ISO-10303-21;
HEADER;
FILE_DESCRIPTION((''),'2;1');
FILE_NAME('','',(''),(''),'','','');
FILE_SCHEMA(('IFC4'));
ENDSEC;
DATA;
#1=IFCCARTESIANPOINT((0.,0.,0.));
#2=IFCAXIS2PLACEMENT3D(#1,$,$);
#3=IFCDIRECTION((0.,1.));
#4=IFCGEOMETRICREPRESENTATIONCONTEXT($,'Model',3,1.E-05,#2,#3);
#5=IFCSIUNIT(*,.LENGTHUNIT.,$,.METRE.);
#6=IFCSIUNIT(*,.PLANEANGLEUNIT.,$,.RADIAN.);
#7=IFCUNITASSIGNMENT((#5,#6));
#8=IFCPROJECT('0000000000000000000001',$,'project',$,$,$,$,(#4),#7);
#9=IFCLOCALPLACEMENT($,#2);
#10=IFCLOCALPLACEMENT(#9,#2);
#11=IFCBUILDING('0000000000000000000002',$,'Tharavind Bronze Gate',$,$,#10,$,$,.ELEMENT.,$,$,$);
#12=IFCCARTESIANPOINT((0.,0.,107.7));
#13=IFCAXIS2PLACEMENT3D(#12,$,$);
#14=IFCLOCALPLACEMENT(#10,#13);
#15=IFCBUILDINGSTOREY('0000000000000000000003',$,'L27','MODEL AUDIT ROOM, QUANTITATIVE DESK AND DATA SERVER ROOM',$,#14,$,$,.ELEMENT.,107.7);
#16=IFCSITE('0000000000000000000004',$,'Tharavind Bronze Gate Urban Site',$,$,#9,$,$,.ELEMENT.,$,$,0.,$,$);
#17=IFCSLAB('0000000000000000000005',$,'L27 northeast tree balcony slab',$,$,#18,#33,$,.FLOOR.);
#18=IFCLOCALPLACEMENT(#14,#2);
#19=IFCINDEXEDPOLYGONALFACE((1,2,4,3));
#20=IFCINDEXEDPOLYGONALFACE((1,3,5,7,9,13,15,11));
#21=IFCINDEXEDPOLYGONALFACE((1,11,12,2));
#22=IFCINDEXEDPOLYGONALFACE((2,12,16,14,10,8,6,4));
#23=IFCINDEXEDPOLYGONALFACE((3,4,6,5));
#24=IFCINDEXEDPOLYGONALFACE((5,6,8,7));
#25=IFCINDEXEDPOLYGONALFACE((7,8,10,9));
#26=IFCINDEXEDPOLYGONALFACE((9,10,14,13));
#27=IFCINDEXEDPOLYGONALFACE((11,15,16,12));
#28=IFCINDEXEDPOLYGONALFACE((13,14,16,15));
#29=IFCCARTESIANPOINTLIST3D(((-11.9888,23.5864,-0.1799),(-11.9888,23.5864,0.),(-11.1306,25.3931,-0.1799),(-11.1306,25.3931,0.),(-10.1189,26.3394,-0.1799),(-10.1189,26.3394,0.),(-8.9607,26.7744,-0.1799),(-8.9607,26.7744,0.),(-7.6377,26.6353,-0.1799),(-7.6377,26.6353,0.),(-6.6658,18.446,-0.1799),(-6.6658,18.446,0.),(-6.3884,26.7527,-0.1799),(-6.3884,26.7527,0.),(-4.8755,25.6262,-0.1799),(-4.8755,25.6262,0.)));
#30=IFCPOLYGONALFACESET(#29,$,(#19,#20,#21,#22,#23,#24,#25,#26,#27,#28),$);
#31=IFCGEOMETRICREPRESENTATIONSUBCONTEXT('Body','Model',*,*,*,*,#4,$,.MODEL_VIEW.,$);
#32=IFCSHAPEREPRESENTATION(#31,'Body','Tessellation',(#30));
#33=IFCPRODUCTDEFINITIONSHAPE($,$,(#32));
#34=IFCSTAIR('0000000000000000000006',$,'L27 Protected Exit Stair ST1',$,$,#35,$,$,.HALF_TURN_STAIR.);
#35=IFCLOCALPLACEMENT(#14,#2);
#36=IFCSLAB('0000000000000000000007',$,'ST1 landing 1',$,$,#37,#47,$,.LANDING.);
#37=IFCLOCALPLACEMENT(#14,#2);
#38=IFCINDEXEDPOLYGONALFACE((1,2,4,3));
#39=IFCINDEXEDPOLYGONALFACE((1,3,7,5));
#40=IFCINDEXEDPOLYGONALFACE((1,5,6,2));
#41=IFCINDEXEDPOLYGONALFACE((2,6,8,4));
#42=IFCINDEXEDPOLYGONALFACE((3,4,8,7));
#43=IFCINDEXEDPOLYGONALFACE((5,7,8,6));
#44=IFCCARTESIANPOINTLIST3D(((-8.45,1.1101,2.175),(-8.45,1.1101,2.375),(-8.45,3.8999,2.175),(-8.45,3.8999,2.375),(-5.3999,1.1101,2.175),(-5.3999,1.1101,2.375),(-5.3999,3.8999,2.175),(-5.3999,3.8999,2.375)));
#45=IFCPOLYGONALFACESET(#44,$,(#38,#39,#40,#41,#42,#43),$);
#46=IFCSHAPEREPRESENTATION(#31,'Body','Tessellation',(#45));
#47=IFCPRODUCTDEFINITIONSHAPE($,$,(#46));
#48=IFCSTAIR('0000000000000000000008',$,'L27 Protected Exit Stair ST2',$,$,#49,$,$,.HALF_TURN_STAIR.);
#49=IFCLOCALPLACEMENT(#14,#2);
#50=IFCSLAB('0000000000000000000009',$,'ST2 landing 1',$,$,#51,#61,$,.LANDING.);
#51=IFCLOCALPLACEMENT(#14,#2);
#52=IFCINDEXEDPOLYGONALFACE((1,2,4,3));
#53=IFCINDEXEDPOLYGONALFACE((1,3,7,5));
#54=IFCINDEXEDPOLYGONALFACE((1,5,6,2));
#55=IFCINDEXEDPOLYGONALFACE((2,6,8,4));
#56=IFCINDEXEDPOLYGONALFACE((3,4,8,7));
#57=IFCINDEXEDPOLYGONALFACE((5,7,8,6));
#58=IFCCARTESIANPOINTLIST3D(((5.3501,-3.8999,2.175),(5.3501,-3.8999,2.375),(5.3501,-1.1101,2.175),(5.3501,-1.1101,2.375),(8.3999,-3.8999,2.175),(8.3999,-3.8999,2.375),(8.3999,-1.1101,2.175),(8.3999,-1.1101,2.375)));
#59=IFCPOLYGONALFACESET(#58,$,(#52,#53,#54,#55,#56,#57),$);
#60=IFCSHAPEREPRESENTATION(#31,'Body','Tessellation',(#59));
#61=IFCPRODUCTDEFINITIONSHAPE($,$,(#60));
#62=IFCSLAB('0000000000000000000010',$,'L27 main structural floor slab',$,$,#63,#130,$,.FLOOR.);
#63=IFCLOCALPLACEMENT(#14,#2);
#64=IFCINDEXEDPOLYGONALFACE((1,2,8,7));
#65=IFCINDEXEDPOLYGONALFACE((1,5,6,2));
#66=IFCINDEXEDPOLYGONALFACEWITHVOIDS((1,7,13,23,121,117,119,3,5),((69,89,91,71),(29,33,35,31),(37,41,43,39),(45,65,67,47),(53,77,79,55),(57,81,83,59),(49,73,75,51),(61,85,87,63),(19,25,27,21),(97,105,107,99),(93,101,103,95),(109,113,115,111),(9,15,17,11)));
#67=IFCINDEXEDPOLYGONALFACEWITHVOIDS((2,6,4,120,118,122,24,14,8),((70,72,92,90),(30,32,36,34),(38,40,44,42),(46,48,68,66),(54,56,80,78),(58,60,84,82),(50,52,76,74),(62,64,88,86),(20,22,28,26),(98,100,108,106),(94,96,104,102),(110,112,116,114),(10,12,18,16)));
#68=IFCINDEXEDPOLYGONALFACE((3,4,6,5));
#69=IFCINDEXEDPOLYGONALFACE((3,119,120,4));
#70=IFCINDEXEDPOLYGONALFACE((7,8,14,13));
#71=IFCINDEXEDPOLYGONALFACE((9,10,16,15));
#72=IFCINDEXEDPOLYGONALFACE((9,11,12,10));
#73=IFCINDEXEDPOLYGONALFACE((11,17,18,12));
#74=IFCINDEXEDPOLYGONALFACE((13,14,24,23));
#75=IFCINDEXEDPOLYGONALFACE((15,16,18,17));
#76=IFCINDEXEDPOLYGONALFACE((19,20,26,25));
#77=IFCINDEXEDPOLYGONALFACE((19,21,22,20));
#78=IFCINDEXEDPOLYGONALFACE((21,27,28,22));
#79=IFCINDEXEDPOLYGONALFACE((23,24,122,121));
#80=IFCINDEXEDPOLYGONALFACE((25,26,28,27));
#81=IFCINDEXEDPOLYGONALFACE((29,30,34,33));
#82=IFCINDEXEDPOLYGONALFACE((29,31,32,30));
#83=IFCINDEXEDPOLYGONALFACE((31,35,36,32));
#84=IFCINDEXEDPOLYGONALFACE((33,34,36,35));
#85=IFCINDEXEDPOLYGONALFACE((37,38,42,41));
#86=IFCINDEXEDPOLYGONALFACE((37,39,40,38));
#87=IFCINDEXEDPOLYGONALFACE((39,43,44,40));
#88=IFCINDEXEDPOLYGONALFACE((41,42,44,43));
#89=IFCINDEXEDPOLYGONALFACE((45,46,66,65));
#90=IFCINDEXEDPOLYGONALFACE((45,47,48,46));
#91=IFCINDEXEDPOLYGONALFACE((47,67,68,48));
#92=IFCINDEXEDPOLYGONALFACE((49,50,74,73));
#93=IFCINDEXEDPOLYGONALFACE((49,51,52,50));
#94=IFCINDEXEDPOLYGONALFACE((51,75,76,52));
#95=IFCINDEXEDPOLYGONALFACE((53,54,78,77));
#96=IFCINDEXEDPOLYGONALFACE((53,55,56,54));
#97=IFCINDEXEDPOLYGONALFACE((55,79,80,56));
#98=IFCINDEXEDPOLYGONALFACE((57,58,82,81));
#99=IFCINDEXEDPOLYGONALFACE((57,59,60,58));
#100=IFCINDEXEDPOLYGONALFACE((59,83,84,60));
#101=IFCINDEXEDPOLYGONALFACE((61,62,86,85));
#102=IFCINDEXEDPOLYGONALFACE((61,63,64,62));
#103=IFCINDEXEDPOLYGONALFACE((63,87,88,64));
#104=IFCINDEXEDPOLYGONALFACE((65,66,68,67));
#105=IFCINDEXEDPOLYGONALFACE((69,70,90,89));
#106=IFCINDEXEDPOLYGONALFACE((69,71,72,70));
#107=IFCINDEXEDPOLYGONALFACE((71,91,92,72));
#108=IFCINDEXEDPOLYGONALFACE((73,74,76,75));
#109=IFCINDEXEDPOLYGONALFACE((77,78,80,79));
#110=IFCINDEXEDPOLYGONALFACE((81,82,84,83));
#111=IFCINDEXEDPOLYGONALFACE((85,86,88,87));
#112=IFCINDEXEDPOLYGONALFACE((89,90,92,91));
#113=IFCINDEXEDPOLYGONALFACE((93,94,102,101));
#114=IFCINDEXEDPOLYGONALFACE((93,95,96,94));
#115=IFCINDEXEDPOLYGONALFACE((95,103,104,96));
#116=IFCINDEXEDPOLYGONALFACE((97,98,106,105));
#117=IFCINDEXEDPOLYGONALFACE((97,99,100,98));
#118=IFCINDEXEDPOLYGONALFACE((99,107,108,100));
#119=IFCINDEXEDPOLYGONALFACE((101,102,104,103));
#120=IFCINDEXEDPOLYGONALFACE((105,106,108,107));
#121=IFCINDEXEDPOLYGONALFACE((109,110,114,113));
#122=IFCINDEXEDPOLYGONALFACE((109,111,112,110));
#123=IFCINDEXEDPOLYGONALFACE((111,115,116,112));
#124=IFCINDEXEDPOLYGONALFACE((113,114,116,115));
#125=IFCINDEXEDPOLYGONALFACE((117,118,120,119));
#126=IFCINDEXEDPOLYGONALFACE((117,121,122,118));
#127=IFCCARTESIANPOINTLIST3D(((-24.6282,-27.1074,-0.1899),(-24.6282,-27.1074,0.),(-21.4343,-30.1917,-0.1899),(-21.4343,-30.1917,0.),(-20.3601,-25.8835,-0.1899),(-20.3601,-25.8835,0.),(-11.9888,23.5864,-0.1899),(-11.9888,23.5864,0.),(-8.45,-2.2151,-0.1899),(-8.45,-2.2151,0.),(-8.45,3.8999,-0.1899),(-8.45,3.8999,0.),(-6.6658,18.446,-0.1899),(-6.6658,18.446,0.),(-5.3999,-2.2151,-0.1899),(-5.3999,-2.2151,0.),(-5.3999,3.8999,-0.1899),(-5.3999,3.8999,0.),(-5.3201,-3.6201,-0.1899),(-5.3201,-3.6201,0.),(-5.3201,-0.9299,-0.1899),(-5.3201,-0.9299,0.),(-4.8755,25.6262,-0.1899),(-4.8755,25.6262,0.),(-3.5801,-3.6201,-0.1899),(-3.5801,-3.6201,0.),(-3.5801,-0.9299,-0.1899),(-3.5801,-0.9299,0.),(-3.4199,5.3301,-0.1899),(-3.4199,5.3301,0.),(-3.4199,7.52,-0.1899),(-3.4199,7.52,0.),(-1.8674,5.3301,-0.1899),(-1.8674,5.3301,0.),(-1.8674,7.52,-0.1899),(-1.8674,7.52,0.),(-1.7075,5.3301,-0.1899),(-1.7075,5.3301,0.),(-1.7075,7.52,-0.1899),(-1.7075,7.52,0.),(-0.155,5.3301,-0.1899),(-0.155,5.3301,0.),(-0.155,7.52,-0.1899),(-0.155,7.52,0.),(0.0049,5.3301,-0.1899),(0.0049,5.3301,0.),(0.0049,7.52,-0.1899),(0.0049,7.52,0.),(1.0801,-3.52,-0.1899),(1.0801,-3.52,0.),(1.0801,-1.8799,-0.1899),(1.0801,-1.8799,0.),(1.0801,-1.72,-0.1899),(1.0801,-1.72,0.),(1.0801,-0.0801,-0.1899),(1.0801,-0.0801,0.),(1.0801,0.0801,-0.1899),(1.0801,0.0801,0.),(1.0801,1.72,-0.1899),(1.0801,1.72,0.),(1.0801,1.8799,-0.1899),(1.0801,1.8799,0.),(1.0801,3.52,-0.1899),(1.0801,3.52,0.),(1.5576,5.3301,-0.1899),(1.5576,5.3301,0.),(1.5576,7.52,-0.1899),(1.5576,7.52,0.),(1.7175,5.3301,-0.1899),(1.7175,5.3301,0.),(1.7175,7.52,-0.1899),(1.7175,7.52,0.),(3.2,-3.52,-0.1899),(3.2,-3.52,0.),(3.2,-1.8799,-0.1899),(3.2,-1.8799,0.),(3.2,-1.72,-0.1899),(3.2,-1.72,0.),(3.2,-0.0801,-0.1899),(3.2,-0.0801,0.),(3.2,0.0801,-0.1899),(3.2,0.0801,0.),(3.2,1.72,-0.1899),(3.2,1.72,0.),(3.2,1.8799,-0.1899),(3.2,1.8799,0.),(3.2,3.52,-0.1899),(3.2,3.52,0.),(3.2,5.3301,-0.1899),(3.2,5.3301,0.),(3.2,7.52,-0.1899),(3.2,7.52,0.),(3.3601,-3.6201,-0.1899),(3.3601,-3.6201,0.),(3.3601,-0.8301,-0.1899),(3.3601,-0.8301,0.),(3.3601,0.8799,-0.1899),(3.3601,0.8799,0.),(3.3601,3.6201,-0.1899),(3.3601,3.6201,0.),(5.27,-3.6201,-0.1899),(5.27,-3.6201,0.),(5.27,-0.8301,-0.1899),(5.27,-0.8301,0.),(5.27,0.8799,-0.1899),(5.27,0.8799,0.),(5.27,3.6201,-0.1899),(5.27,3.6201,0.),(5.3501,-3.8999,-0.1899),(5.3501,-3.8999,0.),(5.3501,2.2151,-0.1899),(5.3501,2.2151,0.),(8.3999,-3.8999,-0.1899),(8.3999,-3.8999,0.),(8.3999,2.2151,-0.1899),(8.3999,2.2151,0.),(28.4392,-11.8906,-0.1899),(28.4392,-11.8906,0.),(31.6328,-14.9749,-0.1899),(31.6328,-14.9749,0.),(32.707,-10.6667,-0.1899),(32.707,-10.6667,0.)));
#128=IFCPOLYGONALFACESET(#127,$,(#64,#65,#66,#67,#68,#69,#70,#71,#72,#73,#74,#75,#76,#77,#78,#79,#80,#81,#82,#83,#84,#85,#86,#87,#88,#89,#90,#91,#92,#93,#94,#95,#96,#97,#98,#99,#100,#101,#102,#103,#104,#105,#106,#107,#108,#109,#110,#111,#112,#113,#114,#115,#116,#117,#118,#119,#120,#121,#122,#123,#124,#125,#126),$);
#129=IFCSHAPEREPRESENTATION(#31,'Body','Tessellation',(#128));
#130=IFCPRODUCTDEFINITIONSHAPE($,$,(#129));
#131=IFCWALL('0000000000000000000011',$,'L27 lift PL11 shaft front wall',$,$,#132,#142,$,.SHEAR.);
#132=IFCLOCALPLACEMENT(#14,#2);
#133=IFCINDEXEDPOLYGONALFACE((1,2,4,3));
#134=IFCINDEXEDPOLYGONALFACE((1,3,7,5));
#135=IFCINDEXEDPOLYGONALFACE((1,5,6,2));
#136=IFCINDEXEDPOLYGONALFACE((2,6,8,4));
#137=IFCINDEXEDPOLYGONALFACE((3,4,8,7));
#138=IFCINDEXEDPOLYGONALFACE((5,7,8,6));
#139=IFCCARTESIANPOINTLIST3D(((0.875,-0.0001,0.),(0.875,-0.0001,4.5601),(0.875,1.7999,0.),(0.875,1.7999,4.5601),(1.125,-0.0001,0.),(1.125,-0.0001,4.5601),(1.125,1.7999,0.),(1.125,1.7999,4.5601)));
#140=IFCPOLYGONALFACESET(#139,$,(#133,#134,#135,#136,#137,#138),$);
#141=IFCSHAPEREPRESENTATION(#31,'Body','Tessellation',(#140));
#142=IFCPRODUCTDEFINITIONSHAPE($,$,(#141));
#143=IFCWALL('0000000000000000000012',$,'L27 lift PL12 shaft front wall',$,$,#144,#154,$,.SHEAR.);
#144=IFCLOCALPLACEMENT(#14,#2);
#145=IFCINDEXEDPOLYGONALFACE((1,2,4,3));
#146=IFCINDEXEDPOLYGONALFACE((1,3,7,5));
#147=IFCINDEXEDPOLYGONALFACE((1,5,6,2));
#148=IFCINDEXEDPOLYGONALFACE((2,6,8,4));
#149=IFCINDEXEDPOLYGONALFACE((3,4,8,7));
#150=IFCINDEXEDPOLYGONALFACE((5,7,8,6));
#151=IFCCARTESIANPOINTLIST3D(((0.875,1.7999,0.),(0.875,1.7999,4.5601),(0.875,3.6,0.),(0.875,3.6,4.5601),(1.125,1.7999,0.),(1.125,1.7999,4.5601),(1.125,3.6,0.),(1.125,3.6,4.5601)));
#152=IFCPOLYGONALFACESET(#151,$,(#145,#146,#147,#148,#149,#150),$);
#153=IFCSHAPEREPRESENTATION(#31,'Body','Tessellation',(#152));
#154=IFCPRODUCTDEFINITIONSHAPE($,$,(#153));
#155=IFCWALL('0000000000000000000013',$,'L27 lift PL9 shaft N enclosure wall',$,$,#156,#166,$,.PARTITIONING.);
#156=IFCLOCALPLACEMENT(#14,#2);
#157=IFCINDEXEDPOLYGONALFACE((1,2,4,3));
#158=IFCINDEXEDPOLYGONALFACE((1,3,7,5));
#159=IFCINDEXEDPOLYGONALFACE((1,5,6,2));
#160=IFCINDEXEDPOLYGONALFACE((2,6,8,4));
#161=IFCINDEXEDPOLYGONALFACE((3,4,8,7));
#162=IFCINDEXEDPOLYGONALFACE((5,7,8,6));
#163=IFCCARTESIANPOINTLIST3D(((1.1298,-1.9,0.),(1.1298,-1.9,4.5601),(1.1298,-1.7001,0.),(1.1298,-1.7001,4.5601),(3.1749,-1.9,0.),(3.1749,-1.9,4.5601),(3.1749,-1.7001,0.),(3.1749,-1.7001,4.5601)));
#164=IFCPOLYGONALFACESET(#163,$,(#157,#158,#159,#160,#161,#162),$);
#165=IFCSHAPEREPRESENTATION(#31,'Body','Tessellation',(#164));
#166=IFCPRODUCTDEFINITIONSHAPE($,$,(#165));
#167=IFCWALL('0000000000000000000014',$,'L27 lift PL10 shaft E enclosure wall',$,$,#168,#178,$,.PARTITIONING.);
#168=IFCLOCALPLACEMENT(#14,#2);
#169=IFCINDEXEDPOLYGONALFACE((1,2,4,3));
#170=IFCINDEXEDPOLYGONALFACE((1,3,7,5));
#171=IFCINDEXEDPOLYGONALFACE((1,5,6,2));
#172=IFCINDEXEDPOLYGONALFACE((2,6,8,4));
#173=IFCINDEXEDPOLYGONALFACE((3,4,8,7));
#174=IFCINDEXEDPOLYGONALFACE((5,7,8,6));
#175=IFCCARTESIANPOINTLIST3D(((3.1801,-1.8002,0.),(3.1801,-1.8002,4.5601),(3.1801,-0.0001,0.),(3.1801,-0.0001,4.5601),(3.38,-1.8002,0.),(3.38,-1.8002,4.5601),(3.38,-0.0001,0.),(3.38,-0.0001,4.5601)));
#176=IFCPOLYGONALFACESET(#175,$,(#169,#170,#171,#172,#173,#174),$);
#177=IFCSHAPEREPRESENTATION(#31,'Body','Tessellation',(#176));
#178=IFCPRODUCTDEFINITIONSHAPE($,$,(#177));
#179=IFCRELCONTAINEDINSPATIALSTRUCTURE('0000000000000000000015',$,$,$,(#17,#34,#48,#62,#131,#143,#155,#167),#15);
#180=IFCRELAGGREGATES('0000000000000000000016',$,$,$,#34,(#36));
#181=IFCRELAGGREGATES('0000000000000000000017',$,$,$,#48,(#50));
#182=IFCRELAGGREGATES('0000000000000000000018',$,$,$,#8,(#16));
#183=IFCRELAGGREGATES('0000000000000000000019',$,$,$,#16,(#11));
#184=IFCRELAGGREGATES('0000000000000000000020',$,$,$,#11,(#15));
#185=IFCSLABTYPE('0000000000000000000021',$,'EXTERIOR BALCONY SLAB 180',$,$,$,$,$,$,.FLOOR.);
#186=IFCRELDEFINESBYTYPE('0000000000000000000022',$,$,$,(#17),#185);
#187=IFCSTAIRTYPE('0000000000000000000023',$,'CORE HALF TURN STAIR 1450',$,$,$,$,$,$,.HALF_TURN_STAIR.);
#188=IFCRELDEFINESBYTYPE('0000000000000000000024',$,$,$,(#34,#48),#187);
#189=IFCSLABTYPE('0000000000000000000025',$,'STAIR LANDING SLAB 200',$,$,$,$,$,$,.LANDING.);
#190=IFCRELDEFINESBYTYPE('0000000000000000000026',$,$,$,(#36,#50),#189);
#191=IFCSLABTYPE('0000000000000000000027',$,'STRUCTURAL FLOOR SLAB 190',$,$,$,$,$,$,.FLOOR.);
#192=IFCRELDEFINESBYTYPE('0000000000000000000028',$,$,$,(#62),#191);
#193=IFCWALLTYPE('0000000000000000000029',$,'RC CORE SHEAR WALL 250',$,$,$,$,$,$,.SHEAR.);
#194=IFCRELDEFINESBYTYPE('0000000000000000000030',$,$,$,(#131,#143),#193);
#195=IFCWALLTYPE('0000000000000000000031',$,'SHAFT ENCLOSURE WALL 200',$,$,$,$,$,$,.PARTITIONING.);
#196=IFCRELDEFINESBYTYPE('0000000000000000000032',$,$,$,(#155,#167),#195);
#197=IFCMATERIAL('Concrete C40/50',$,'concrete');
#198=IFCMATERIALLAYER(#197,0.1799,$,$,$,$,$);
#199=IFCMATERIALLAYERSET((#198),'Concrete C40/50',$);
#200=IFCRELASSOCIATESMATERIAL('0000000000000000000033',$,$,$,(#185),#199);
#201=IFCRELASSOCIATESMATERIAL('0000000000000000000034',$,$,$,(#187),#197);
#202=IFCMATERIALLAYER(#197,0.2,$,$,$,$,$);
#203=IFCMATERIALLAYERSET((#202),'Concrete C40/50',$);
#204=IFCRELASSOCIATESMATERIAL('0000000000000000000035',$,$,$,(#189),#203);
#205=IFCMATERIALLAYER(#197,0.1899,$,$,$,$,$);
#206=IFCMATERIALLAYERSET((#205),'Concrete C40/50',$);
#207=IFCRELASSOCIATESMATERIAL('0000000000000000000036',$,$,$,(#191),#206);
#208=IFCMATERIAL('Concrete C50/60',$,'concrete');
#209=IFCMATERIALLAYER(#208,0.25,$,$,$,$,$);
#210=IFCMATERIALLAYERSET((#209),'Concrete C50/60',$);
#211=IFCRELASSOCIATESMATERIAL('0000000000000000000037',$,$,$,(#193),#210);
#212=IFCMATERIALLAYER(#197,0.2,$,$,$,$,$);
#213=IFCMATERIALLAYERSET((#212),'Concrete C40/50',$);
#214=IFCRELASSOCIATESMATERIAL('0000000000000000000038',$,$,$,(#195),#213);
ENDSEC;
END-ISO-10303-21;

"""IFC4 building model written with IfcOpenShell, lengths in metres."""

from ifc_helpers import new_model, si_unit, direction, frame, frame_2d, origin, place, context, subcontext, project, spatial, polyline, rectangle, outline, extrude, material, layer, layer_set, type_object, element, aggregate, save


model = new_model("IFC4")

# Units and contexts
model_context = context("Model", 3, precision=1e-05, world=origin(), true_north=direction((0.0, 1.0)))
body_context = subcontext(model_context, "Body", "Model", "MODEL_VIEW")
ifc_project = project(units=[si_unit("LENGTHUNIT", "METRE"), si_unit("PLANEANGLEUNIT", "RADIAN")], contexts=[model_context])

# Site, building, storey
site_placement = place(None, origin())
site = spatial("IfcSite", under=ifc_project, at=site_placement, Name="Tharavind Bronze Gate Urban Site", CompositionType="ELEMENT", RefElevation=0.0)
building_placement = place(site_placement, origin())
building = spatial("IfcBuilding", under=site, at=building_placement, Name="Tharavind Bronze Gate", CompositionType="ELEMENT")
storey_placement = place(building_placement, frame((0.0, 0.0, 107.7)))
storey = spatial("IfcBuildingStorey", under=building, at=storey_placement, Name="L27", Description="MODEL AUDIT ROOM, QUANTITATIVE DESK AND DATA SERVER ROOM", CompositionType="ELEMENT", Elevation=107.7)

# Slab
ifc_material_1 = material(Name="Concrete C40/50", Category="concrete")
ifc_layer_1 = layer(ifc_material_1, 0.1799)
ifc_layer_set_1 = layer_set([ifc_layer_1], Name="Concrete C40/50")
slab_type_1 = type_object("IfcSlabType", Name="EXTERIOR BALCONY SLAB 180", PredefinedType="FLOOR", material=ifc_layer_set_1)
slab_1_placement = place(storey_placement, frame((0.0, 0.0, -0.1799)))
element("IfcSlab", 1, at=slab_1_placement, inside=storey, type_object=slab_type_1, Name="L27 northeast tree balcony slab", PredefinedType="FLOOR", context=body_context, shape_type="SweptSolid", body=[
    extrude(outline(polyline([(-6.3884, 26.7527), (-7.6377, 26.6353), (-8.9607, 26.7744), (-10.1189, 26.3394), (-11.1306, 25.3931), (-11.9888, 23.5864), (-6.6658, 18.446), (-4.8755, 25.6262), (-6.3884, 26.7527)])), origin(), (0.0, 0.0, 1.0), 0.1799),
])

# Stairs, slabs
stair_type = type_object("IfcStairType", Name="CORE HALF TURN STAIR 1450", PredefinedType="HALF_TURN_STAIR", material=ifc_material_1)
stair_1_placement = place(storey_placement, origin())
stair_1 = element("IfcStair", 2, at=stair_1_placement, inside=storey, type_object=stair_type, Name="L27 Protected Exit Stair ST1", PredefinedType="HALF_TURN_STAIR")
ifc_layer_2 = layer(ifc_material_1, 0.2)
ifc_layer_set_2 = layer_set([ifc_layer_2], Name="Concrete C40/50")
slab_type_2 = type_object("IfcSlabType", Name="STAIR LANDING SLAB 200", PredefinedType="LANDING", material=ifc_layer_set_2)
slab_2_placement = place(storey_placement, frame((0.0, 0.0, 2.175)))
slab_2 = element("IfcSlab", 3, at=slab_2_placement, type_object=slab_type_2, Name="ST1 landing 1", PredefinedType="LANDING", context=body_context, shape_type="SweptSolid", body=[
    extrude(outline(polyline([(-5.3999, 1.1101), (-5.3999, 3.8999), (-8.45, 3.8999), (-8.45, 1.1101), (-5.3999, 1.1101)])), origin(), (0.0, 0.0, 1.0), 0.2),
])
aggregate(stair_1, [slab_2])
stair_2_placement = place(storey_placement, origin())
stair_2 = element("IfcStair", 4, at=stair_2_placement, inside=storey, type_object=stair_type, Name="L27 Protected Exit Stair ST2", PredefinedType="HALF_TURN_STAIR")
slab_3_placement = place(storey_placement, frame((0.0, 0.0, 2.175)))
slab_3 = element("IfcSlab", 5, at=slab_3_placement, type_object=slab_type_2, Name="ST2 landing 1", PredefinedType="LANDING", context=body_context, shape_type="SweptSolid", body=[
    extrude(outline(polyline([(5.3501, -1.1101), (5.3501, -3.8999), (8.3999, -3.8999), (8.3999, -1.1101), (5.3501, -1.1101)])), origin(), (0.0, 0.0, 1.0), 0.2),
])
aggregate(stair_2, [slab_3])

# Slab
ifc_layer_3 = layer(ifc_material_1, 0.1899)
ifc_layer_set_3 = layer_set([ifc_layer_3], Name="Concrete C40/50")
slab_type_3 = type_object("IfcSlabType", Name="STRUCTURAL FLOOR SLAB 190", PredefinedType="FLOOR", material=ifc_layer_set_3)
slab_4_placement = place(storey_placement, frame((0.0, 0.0, -0.1899)))
element("IfcSlab", 6, at=slab_4_placement, inside=storey, type_object=slab_type_3, Name="L27 main structural floor slab", PredefinedType="FLOOR", context=body_context, shape_type="SweptSolid", body=[
    extrude(outline(polyline([(-4.8755, 25.6262), (-6.6658, 18.446), (-11.9888, 23.5864), (-24.6282, -27.1074), (-20.3601, -25.8835), (-21.4343, -30.1917), (31.6328, -14.9749), (28.4392, -11.8906), (32.707, -10.6667), (-4.8755, 25.6262)]), holes=[polyline([(-5.3999, -2.2151), (-5.3999, 3.8999), (-8.45, 3.8999), (-8.45, -2.2151), (-5.3999, -2.2151)]), polyline([(5.3501, 2.2151), (5.3501, -3.8999), (8.3999, -3.8999), (8.3999, 2.2151), (5.3501, 2.2151)]), polyline([(-3.4199, 5.3301), (-1.8674, 5.3301), (-1.8674, 7.52), (-3.4199, 7.52), (-3.4199, 5.3301)]), polyline([(-1.7075, 5.3301), (-0.155, 5.3301), (-0.155, 7.52), (-1.7075, 7.52), (-1.7075, 5.3301)]), polyline([(0.0049, 5.3301), (1.5576, 5.3301), (1.5576, 7.52), (0.0049, 7.52), (0.0049, 5.3301)]), polyline([(1.7175, 5.3301), (3.2, 5.3301), (3.2, 7.52), (1.7175, 7.52), (1.7175, 5.3301)]), polyline([(1.0801, -3.52), (3.2, -3.52), (3.2, -1.8799), (1.0801, -1.8799), (1.0801, -3.52)]), polyline([(1.0801, -1.72), (3.2, -1.72), (3.2, -0.0801), (1.0801, -0.0801), (1.0801, -1.72)]), polyline([(1.0801, 0.0801), (3.2, 0.0801), (3.2, 1.72), (1.0801, 1.72), (1.0801, 0.0801)]), polyline([(1.0801, 1.8799), (3.2, 1.8799), (3.2, 3.52), (1.0801, 3.52), (1.0801, 1.8799)]), polyline([(-5.3201, -3.6201), (-3.5801, -3.6201), (-3.5801, -0.9299), (-5.3201, -0.9299), (-5.3201, -3.6201)]), polyline([(3.3601, 0.8799), (5.27, 0.8799), (5.27, 3.6201), (3.3601, 3.6201), (3.3601, 0.8799)]), polyline([(3.3601, -3.6201), (5.27, -3.6201), (5.27, -0.8301), (3.3601, -0.8301), (3.3601, -3.6201)])]), origin(), (0.0, 0.0, 1.0), 0.1899),
])

# Walls
ifc_material_2 = material(Name="Concrete C50/60", Category="concrete")
ifc_layer_4 = layer(ifc_material_2, 0.25)
ifc_layer_set_4 = layer_set([ifc_layer_4], Name="Concrete C50/60")
wall_type_1 = type_object("IfcWallType", Name="RC CORE SHEAR WALL 250", PredefinedType="SHEAR", material=ifc_layer_set_4)
for number, where, z_axis, x_axis, name in (
    (7, (1.0, 0.0, 0.0), (0.0, 0.0, 1.0), (0.0, 1.0, 0.0), "L27 lift PL11 shaft front wall"),
    (8, (1.0, 1.8, 0.0), (0.0, 0.0, 1.0), (0.0, 1.0, 0.0), "L27 lift PL12 shaft front wall"),
):
    element("IfcWall", number, at=place(storey_placement, frame(where, z_axis=z_axis, x_axis=x_axis)), inside=storey, type_object=wall_type_1, Name=name, PredefinedType="SHEAR", context=body_context, shape_type="SweptSolid", body=[
        extrude(rectangle(XDim=1.8, YDim=0.25, at=frame_2d((0.8999, 0.0))), origin(), (0.0, 0.0, 1.0), 4.5601),
    ])
ifc_layer_5 = layer(ifc_material_1, 0.2)
ifc_layer_set_5 = layer_set([ifc_layer_5], Name="Concrete C40/50")
wall_type_2 = type_object("IfcWallType", Name="SHAFT ENCLOSURE WALL 200", PredefinedType="PARTITIONING", material=ifc_layer_set_5)
wall_1_placement = place(storey_placement, frame((1.1299, -1.8, 0.0), z_axis=(0.0, 0.0, 1.0), x_axis=(1.0, 0.0, 0.0)))
element("IfcWall", 9, at=wall_1_placement, inside=storey, type_object=wall_type_2, Name="L27 lift PL9 shaft N enclosure wall", PredefinedType="PARTITIONING", context=body_context, shape_type="SweptSolid", body=[
    extrude(rectangle(XDim=2.0452, YDim=0.2, at=frame_2d((1.0225, 0.0))), origin(), (0.0, 0.0, 1.0), 4.5601),
])
wall_2_placement = place(storey_placement, frame((3.28, -1.8, 0.0), z_axis=(0.0, 0.0, 1.0), x_axis=(0.0, 1.0, 0.0)))
element("IfcWall", 10, at=wall_2_placement, inside=storey, type_object=wall_type_2, Name="L27 lift PL10 shaft E enclosure wall", PredefinedType="PARTITIONING", context=body_context, shape_type="SweptSolid", body=[
    extrude(rectangle(XDim=1.8, YDim=0.2, at=frame_2d((0.8999, 0.0))), origin(), (0.0, 0.0, 1.0), 4.5601),
])

save(model, "model.ifc")
